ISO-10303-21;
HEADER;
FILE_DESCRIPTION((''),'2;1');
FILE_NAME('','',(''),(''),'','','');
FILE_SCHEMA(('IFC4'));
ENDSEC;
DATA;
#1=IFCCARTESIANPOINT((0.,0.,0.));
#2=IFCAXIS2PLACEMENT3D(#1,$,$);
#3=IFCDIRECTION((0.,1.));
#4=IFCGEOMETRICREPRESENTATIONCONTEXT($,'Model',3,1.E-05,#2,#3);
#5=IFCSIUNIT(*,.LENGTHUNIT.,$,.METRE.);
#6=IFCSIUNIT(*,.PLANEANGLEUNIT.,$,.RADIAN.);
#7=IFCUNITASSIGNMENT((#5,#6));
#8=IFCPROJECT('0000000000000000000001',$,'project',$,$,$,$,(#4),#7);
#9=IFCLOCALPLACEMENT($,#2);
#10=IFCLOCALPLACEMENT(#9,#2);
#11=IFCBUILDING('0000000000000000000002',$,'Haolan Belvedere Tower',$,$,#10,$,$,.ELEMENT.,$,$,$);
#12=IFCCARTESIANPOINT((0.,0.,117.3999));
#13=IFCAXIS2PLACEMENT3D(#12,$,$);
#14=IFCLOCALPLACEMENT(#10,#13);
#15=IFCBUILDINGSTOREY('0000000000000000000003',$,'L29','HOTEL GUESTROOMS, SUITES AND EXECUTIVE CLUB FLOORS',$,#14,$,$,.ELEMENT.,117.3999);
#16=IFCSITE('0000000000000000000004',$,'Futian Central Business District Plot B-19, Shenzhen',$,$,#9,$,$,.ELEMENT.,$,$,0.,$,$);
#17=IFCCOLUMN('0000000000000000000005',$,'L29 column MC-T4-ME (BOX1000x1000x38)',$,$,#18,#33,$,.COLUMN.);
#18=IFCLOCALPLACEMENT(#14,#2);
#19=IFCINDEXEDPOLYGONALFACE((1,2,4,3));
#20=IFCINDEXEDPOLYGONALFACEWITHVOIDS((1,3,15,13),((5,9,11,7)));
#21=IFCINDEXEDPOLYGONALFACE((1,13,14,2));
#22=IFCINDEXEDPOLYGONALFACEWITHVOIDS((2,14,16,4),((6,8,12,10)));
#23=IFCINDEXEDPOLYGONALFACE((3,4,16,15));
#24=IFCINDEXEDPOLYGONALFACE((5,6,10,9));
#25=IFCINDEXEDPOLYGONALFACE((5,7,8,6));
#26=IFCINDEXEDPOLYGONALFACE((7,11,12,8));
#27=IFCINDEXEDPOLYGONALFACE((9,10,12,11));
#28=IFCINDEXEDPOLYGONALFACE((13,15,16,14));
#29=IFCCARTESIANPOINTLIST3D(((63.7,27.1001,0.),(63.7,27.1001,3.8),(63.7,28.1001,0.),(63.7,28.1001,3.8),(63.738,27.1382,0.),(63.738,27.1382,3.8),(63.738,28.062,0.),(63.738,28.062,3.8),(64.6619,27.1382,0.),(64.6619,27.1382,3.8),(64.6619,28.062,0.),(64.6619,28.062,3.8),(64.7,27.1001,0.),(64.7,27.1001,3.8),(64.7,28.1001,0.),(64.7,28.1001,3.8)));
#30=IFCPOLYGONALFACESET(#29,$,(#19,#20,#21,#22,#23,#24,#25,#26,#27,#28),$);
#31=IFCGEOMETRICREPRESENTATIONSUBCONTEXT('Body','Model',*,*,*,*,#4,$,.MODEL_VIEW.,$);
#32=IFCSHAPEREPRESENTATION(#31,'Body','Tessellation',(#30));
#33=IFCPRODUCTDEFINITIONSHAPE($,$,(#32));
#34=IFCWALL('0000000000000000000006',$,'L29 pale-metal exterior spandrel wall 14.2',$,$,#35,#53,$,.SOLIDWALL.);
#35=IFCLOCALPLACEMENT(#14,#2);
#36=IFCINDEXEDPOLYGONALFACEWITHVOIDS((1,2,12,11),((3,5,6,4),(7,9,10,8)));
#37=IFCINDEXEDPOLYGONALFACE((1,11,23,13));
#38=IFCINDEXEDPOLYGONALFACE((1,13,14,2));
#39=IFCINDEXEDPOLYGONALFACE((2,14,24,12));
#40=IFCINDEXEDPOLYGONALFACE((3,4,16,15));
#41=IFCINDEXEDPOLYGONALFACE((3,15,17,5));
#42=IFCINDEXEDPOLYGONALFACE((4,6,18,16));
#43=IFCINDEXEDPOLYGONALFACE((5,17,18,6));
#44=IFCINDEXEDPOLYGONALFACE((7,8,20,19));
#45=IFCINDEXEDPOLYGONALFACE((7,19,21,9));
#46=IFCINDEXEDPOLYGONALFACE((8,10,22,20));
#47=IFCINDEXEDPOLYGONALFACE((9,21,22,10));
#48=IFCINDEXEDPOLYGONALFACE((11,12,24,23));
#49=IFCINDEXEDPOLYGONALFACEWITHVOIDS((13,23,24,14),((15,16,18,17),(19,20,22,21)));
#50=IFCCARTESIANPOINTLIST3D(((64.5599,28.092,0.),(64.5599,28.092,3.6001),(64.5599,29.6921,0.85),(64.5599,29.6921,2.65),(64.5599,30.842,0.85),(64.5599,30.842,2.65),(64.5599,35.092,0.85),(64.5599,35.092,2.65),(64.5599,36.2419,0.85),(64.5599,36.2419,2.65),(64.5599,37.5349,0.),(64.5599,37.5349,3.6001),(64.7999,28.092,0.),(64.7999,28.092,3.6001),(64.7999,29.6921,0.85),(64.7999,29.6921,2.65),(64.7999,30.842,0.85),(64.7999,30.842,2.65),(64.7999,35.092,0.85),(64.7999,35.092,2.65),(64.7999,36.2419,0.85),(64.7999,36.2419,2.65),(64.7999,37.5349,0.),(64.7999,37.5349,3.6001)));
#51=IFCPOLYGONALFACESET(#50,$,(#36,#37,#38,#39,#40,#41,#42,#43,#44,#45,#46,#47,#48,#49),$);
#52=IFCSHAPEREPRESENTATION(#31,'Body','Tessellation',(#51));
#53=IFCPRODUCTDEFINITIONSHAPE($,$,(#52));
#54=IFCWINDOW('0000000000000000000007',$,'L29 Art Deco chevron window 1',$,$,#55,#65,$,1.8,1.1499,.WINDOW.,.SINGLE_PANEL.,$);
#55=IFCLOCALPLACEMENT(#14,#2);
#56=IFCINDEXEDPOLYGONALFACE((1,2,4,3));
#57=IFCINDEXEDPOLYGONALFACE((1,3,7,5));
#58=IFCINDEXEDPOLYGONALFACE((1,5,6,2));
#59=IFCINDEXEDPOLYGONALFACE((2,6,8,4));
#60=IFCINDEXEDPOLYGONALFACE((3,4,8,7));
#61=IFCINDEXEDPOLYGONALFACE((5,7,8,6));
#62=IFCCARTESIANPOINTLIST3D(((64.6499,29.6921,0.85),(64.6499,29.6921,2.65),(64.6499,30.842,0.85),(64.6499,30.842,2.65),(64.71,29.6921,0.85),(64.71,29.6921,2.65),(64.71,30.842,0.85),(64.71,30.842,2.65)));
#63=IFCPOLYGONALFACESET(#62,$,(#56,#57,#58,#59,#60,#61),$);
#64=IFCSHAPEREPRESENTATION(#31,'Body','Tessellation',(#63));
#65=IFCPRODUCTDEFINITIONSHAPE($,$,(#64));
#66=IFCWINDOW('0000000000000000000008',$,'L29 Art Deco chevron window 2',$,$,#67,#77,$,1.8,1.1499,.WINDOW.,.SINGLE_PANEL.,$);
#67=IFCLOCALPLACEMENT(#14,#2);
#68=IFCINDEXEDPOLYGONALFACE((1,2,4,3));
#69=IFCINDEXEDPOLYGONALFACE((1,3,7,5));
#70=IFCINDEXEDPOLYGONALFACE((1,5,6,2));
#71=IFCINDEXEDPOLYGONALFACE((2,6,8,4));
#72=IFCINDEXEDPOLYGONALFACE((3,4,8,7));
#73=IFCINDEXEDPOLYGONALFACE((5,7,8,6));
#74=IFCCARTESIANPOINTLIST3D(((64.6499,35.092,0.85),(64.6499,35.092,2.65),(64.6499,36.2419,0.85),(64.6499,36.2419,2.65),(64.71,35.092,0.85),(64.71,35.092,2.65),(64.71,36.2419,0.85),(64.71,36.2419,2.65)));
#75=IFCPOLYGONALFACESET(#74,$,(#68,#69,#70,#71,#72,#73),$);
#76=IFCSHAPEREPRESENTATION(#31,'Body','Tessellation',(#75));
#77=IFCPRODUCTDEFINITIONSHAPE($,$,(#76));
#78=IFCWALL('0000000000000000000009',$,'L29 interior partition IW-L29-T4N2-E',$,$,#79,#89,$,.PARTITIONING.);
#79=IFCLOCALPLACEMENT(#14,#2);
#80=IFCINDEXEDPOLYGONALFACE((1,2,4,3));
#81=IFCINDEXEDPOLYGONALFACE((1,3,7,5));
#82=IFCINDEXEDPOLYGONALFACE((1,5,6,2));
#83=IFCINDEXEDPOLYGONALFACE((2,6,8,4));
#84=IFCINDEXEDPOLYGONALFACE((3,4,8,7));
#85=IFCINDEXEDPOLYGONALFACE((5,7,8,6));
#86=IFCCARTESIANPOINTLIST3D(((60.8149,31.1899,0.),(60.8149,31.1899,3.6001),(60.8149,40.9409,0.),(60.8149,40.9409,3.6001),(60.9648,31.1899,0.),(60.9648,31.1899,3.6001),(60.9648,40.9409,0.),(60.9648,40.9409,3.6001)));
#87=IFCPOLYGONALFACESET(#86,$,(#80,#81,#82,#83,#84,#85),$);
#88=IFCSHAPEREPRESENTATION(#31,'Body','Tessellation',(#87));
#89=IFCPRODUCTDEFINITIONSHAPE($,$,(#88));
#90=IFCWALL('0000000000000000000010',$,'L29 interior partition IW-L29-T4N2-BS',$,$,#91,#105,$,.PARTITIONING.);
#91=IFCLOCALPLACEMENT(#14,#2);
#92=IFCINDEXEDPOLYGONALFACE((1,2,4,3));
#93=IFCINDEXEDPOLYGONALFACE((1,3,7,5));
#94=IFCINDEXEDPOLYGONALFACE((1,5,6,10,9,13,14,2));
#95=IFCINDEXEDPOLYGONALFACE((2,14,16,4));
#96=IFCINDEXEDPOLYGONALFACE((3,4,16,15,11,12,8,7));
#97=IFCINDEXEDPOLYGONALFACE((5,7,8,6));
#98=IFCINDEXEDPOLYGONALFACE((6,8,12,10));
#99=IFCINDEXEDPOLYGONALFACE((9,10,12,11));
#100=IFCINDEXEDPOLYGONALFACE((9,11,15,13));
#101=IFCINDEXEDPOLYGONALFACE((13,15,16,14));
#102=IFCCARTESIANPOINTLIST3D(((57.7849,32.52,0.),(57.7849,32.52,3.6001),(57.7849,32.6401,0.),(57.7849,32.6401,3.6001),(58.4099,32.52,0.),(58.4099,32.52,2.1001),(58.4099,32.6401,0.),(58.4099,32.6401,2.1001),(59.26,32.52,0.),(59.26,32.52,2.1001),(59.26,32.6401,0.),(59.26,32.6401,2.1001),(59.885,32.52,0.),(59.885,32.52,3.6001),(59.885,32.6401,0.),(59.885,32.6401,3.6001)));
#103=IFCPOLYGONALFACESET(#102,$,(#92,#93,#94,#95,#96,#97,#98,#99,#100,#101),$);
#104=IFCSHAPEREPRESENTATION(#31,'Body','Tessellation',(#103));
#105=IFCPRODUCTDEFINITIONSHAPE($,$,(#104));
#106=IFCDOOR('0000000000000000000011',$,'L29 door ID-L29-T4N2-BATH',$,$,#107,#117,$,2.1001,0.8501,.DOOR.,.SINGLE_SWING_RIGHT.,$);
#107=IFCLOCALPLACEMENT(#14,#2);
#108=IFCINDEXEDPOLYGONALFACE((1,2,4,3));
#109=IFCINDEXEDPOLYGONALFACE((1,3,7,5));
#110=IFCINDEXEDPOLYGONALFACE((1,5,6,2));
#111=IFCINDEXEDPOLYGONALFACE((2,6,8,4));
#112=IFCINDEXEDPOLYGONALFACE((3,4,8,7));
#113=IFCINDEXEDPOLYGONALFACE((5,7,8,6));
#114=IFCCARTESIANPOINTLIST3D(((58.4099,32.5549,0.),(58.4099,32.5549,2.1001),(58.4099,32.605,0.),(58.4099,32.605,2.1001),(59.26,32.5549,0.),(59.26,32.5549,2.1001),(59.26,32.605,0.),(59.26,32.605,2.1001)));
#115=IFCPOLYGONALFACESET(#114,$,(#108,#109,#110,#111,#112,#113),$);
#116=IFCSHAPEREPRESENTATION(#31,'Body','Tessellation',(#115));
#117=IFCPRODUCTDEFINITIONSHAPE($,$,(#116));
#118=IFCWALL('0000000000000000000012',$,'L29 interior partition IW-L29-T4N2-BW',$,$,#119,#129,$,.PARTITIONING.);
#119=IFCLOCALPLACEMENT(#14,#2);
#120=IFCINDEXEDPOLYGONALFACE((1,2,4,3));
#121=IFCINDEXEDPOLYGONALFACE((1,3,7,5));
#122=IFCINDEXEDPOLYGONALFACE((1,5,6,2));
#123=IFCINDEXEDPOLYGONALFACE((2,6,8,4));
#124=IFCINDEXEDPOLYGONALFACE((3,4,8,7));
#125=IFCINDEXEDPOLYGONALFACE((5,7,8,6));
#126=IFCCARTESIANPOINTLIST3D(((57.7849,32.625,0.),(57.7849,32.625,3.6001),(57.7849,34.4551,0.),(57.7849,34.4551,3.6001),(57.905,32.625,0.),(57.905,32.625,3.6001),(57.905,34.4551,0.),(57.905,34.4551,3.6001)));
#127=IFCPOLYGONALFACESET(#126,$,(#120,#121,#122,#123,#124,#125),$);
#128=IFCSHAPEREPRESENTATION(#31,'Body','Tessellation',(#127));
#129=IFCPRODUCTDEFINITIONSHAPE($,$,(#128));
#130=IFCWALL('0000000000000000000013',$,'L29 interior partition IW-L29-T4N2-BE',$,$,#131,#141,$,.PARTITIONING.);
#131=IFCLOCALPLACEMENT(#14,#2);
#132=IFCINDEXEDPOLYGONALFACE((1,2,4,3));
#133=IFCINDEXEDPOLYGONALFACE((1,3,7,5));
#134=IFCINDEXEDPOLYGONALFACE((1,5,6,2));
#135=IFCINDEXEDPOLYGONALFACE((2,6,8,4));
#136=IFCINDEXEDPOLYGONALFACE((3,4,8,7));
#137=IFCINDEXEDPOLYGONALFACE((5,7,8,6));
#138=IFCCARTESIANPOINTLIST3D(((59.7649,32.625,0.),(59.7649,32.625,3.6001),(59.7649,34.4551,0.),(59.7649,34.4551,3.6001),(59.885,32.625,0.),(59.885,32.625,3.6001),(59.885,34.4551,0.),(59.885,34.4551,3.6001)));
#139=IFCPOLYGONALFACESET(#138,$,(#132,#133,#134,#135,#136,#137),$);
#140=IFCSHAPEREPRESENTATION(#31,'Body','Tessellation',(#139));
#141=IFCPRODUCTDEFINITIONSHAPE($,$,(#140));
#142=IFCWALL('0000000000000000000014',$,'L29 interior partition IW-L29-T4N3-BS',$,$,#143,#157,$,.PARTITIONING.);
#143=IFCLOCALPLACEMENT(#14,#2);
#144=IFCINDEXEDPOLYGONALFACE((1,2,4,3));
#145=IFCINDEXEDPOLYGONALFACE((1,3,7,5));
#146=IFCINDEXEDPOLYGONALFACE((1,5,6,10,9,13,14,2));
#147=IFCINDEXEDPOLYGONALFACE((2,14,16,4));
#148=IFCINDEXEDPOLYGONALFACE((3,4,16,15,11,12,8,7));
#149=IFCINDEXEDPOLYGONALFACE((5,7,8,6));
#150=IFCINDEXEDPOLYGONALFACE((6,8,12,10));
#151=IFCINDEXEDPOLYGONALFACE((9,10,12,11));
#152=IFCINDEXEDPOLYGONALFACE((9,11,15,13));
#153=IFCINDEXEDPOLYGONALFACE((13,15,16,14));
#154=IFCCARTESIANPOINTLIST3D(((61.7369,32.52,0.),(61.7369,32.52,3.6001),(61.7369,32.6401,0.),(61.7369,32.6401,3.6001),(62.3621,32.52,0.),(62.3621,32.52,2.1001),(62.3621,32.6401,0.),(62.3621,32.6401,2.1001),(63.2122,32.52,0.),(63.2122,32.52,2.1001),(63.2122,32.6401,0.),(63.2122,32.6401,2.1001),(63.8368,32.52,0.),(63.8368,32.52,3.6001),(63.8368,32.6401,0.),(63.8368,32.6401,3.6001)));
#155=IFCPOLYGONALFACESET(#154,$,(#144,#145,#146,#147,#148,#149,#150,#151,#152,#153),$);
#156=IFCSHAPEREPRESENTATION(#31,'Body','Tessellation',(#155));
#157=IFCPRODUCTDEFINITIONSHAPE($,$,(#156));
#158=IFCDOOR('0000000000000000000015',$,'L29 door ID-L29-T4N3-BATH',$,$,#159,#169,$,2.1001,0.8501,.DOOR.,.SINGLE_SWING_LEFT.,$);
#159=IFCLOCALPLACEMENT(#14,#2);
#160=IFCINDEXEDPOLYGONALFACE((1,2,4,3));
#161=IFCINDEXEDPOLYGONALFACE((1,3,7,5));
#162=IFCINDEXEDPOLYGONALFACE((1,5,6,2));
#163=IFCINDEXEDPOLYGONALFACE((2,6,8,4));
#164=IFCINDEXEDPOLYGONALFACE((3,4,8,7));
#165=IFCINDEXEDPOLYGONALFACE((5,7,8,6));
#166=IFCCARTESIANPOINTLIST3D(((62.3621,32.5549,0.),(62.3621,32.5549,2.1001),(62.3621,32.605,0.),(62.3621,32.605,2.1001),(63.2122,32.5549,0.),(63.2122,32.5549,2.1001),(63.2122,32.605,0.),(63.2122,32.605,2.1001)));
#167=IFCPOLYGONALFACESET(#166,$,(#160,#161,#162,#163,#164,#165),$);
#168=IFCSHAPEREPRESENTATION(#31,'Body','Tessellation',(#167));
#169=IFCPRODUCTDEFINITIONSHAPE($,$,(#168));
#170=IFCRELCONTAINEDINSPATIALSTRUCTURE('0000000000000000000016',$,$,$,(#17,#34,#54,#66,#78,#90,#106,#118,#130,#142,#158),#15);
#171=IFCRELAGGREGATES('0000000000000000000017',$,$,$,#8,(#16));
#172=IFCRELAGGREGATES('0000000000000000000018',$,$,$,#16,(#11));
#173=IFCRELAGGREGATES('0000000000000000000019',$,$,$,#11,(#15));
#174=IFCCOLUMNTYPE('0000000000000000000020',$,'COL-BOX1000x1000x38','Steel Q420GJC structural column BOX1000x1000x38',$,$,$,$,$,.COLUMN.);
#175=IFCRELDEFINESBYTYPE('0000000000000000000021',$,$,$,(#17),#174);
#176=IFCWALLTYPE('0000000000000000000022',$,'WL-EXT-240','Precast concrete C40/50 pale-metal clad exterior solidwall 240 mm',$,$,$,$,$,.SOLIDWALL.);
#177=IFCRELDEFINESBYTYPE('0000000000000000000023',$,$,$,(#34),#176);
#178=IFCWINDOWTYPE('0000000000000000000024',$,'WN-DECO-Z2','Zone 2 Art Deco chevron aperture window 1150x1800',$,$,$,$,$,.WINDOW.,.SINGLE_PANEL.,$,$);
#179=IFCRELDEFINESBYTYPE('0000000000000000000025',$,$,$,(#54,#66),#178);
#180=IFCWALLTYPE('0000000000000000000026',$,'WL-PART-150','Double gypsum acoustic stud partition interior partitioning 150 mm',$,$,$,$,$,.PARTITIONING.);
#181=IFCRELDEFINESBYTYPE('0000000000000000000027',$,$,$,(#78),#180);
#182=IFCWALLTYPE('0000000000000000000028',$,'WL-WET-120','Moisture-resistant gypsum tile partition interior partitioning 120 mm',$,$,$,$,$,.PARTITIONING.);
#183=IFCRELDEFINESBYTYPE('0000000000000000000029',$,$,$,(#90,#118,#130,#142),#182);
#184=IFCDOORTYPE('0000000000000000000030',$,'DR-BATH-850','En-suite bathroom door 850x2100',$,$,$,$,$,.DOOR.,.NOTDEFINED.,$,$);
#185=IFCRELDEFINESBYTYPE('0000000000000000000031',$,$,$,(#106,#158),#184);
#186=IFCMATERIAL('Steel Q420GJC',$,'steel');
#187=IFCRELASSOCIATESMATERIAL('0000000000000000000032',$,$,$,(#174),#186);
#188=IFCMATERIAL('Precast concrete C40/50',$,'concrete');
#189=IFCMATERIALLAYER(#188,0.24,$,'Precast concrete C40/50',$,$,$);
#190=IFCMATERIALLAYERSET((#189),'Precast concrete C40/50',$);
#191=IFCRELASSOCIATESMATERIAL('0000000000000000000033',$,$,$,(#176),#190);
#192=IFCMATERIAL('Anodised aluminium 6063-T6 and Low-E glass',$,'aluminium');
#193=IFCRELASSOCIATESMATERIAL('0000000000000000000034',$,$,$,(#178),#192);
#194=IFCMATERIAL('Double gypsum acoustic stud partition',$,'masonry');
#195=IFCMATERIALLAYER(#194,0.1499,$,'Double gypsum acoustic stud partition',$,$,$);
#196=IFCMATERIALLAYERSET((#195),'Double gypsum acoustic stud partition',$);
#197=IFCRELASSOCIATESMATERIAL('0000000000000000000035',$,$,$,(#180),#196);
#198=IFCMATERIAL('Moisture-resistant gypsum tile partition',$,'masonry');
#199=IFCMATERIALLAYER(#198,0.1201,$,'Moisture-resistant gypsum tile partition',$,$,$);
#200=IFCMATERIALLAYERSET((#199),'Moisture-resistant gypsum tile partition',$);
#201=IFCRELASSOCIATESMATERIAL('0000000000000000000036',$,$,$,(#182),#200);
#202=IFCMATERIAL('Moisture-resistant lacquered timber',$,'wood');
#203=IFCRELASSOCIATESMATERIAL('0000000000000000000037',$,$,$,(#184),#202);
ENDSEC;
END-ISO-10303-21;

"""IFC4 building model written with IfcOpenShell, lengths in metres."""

from ifc_helpers import new_model, si_unit, direction, frame, frame_2d, origin, origin_2d, place, context, subcontext, project, spatial, rectangle, hollow_rectangle, extrude, material, layer, layer_set, material_profile, profile_set, type_object, element, fill, save


model = new_model("IFC4")

# Units and contexts
model_context = context("Model", 3, precision=1e-05, world=origin(), true_north=direction((0.0, 1.0)))
body_context = subcontext(model_context, "Body", "Model", "MODEL_VIEW")
ifc_project = project(units=[si_unit("LENGTHUNIT", "METRE"), si_unit("PLANEANGLEUNIT", "RADIAN")], contexts=[model_context])

# Site, building, storey
site_placement = place(None, origin())
site = spatial("IfcSite", under=ifc_project, at=site_placement, Name="Futian Central Business District Plot B-19, Shenzhen", CompositionType="ELEMENT", RefElevation=0.0)
building_placement = place(site_placement, origin())
building = spatial("IfcBuilding", under=site, at=building_placement, Name="Haolan Belvedere Tower", CompositionType="ELEMENT")
storey_placement = place(building_placement, frame((0.0, 0.0, 117.3999)))
storey = spatial("IfcBuildingStorey", under=building, at=storey_placement, Name="L29", Description="HOTEL GUESTROOMS, SUITES AND EXECUTIVE CLUB FLOORS", CompositionType="ELEMENT", Elevation=117.3999)

# Column
ifc_material_1 = material(Name="Steel Q420GJC", Category="steel")
ifc_material_profile = material_profile(ifc_material_1, hollow_rectangle(XDim=1.0, YDim=1.0, WallThickness=0.0381, at=origin_2d()), Name="Steel Q420GJC")
ifc_profile_set = profile_set([ifc_material_profile], Name="Steel Q420GJC")
column_type = type_object("IfcColumnType", Name="COL-BOX1000x1000x38", Description="Steel Q420GJC structural column BOX1000x1000x38", PredefinedType="COLUMN", material=ifc_profile_set)
column_placement = place(storey_placement, frame((64.2, 27.6001, 0.0), z_axis=(0.0, 0.0, 1.0), x_axis=(1.0, 0.0, 0.0)))
element("IfcColumn", 1, at=column_placement, inside=storey, type_object=column_type, Name="L29 column MC-T4-ME (BOX1000x1000x38)", PredefinedType="COLUMN", context=body_context, shape_type="SweptSolid", body=[
    extrude(hollow_rectangle(XDim=1.0, YDim=1.0, WallThickness=0.0381, at=origin_2d()), origin(), (0.0, 0.0, 1.0), 3.8),
])

# Wall, openings, windows
ifc_material_2 = material(Name="Precast concrete C40/50", Category="concrete")
ifc_layer_1 = layer(ifc_material_2, 0.24, Name="Precast concrete C40/50")
ifc_layer_set_1 = layer_set([ifc_layer_1], Name="Precast concrete C40/50")
wall_type_1 = type_object("IfcWallType", Name="WL-EXT-240", Description="Precast concrete C40/50 pale-metal clad exterior solidwall 240 mm", PredefinedType="SOLIDWALL", material=ifc_layer_set_1)
wall_1_placement = place(storey_placement, frame((64.6799, 28.092, 0.0), z_axis=(0.0, 0.0, 1.0), x_axis=(0.0, 1.0, 0.0)))
wall_1 = element("IfcWall", 2, at=wall_1_placement, inside=storey, type_object=wall_type_1, Name="L29 pale-metal exterior spandrel wall 14.2", PredefinedType="SOLIDWALL", context=body_context, shape_type="SweptSolid", body=[
    extrude(rectangle(XDim=9.4429, YDim=0.24, at=frame_2d((4.7214, 0.0))), origin(), (0.0, 0.0, 1.0), 3.6001),
])
opening_1_placement = place(wall_1_placement, frame((1.6001, 0.0, 0.8501)))
opening_1 = element("IfcOpeningElement", 3, at=opening_1_placement, cuts=wall_1, PredefinedType="OPENING", context=body_context, shape_type="SweptSolid", body=[
    extrude(rectangle(XDim=1.1499, YDim=1.8, at=frame_2d((0.575, 0.8999))), frame((0.0, 0.1299, 0.0), z_axis=(0.0, -1.0, 0.0), x_axis=(1.0, 0.0, 0.0)), (0.0, 0.0, 1.0), 0.26),
])
opening_2_placement = place(wall_1_placement, frame((7.0, 0.0, 0.8501)))
opening_2 = element("IfcOpeningElement", 4, at=opening_2_placement, cuts=wall_1, PredefinedType="OPENING", context=body_context, shape_type="SweptSolid", body=[
    extrude(rectangle(XDim=1.1499, YDim=1.8, at=frame_2d((0.575, 0.8999))), frame((0.0, 0.1299, 0.0), z_axis=(0.0, -1.0, 0.0), x_axis=(1.0, 0.0, 0.0)), (0.0, 0.0, 1.0), 0.26),
])
ifc_material_3 = material(Name="Anodised aluminium 6063-T6 and Low-E glass", Category="aluminium")
window_type = type_object("IfcWindowType", Name="WN-DECO-Z2", Description="Zone 2 Art Deco chevron aperture window 1150x1800", PartitioningType="SINGLE_PANEL", PredefinedType="WINDOW", material=ifc_material_3)
window_1_placement = place(opening_1_placement, origin())
window_1 = element("IfcWindow", 5, at=window_1_placement, inside=storey, type_object=window_type, Name="L29 Art Deco chevron window 1", OverallHeight=1.8, OverallWidth=1.1499, PartitioningType="SINGLE_PANEL", PredefinedType="WINDOW", context=body_context, shape_type="SweptSolid", body=[
    extrude(rectangle(XDim=1.1499, YDim=1.8, at=frame_2d((0.575, 0.8999))), frame((0.0, 0.03, 0.0), z_axis=(0.0, -1.0, 0.0), x_axis=(1.0, 0.0, 0.0)), (0.0, 0.0, 1.0), 0.0601),
])
fill(opening_1, window_1)
window_2_placement = place(opening_2_placement, origin())
window_2 = element("IfcWindow", 6, at=window_2_placement, inside=storey, type_object=window_type, Name="L29 Art Deco chevron window 2", OverallHeight=1.8, OverallWidth=1.1499, PartitioningType="SINGLE_PANEL", PredefinedType="WINDOW", context=body_context, shape_type="SweptSolid", body=[
    extrude(rectangle(XDim=1.1499, YDim=1.8, at=frame_2d((0.575, 0.8999))), frame((0.0, 0.03, 0.0), z_axis=(0.0, -1.0, 0.0), x_axis=(1.0, 0.0, 0.0)), (0.0, 0.0, 1.0), 0.0601),
])
fill(opening_2, window_2)

# Wall
ifc_material_4 = material(Name="Double gypsum acoustic stud partition", Category="masonry")
ifc_layer_2 = layer(ifc_material_4, 0.1499, Name="Double gypsum acoustic stud partition")
ifc_layer_set_2 = layer_set([ifc_layer_2], Name="Double gypsum acoustic stud partition")
wall_type_2 = type_object("IfcWallType", Name="WL-PART-150", Description="Double gypsum acoustic stud partition interior partitioning 150 mm", PredefinedType="PARTITIONING", material=ifc_layer_set_2)
wall_2_placement = place(storey_placement, frame((60.8899, 31.1899, 0.0), z_axis=(0.0, 0.0, 1.0), x_axis=(0.0, 1.0, 0.0)))
element("IfcWall", 7, at=wall_2_placement, inside=storey, type_object=wall_type_2, Name="L29 interior partition IW-L29-T4N2-E", PredefinedType="PARTITIONING", context=body_context, shape_type="SweptSolid", body=[
    extrude(rectangle(XDim=9.751, YDim=0.1499, at=frame_2d((4.8755, 0.0))), origin(), (0.0, 0.0, 1.0), 3.6001),
])

# Wall, opening, door
ifc_material_5 = material(Name="Moisture-resistant gypsum tile partition", Category="masonry")
ifc_layer_3 = layer(ifc_material_5, 0.1201, Name="Moisture-resistant gypsum tile partition")
ifc_layer_set_3 = layer_set([ifc_layer_3], Name="Moisture-resistant gypsum tile partition")
wall_type_3 = type_object("IfcWallType", Name="WL-WET-120", Description="Moisture-resistant gypsum tile partition interior partitioning 120 mm", PredefinedType="PARTITIONING", material=ifc_layer_set_3)
wall_3_placement = place(storey_placement, frame((57.7849, 32.5801, 0.0), z_axis=(0.0, 0.0, 1.0), x_axis=(1.0, 0.0, 0.0)))
wall_3 = element("IfcWall", 8, at=wall_3_placement, inside=storey, type_object=wall_type_3, Name="L29 interior partition IW-L29-T4N2-BS", PredefinedType="PARTITIONING", context=body_context, shape_type="SweptSolid", body=[
    extrude(rectangle(XDim=2.1001, YDim=0.1201, at=frame_2d((1.05, 0.0))), origin(), (0.0, 0.0, 1.0), 3.6001),
])
opening_3_placement = place(wall_3_placement, frame((0.625, 0.0, 0.0)))
opening_3 = element("IfcOpeningElement", 9, at=opening_3_placement, cuts=wall_3, PredefinedType="OPENING", context=body_context, shape_type="SweptSolid", body=[
    extrude(rectangle(XDim=0.8501, YDim=2.1001, at=frame_2d((0.425, 1.05))), frame((0.0, 0.0701, 0.0), z_axis=(0.0, -1.0, 0.0), x_axis=(1.0, 0.0, 0.0)), (0.0, 0.0, 1.0), 0.1401),
])
ifc_material_6 = material(Name="Moisture-resistant lacquered timber", Category="wood")
door_type_1 = type_object("IfcDoorType", Name="DR-BATH-850", Description="En-suite bathroom door 850x2100", OperationType="NOTDEFINED", PredefinedType="DOOR", material=ifc_material_6)
door_1_placement = place(opening_3_placement, origin())
door_1 = element("IfcDoor", 10, at=door_1_placement, inside=storey, type_object=door_type_1, Name="L29 door ID-L29-T4N2-BATH", OperationType="SINGLE_SWING_RIGHT", OverallHeight=2.1001, OverallWidth=0.8501, PredefinedType="DOOR", context=body_context, shape_type="SweptSolid", body=[
    extrude(rectangle(XDim=0.8501, YDim=2.1001, at=frame_2d((0.425, 1.05))), frame((0.0, 0.0249, 0.0), z_axis=(0.0, -1.0, 0.0), x_axis=(1.0, 0.0, 0.0)), (0.0, 0.0, 1.0), 0.05),
])
fill(opening_3, door_1)

# Walls
for number, where, z_axis, x_axis, name in (
    (11, (57.845, 32.625, 0.0), (0.0, 0.0, 1.0), (0.0, 1.0, 0.0), "L29 interior partition IW-L29-T4N2-BW"),
    (12, (59.825, 32.625, 0.0), (0.0, 0.0, 1.0), (0.0, 1.0, 0.0), "L29 interior partition IW-L29-T4N2-BE"),
):
    element("IfcWall", number, at=place(storey_placement, frame(where, z_axis=z_axis, x_axis=x_axis)), inside=storey, type_object=wall_type_3, Name=name, PredefinedType="PARTITIONING", context=body_context, shape_type="SweptSolid", body=[
        extrude(rectangle(XDim=1.8301, YDim=0.1201, at=frame_2d((0.915, 0.0))), origin(), (0.0, 0.0, 1.0), 3.6001),
    ])

# Wall, opening, door
wall_4_placement = place(storey_placement, frame((61.7371, 32.5801, 0.0), z_axis=(0.0, 0.0, 1.0), x_axis=(1.0, 0.0, 0.0)))
wall_4 = element("IfcWall", 13, at=wall_4_placement, inside=storey, type_object=wall_type_3, Name="L29 interior partition IW-L29-T4N3-BS", PredefinedType="PARTITIONING", context=body_context, shape_type="SweptSolid", body=[
    extrude(rectangle(XDim=2.0999, YDim=0.1201, at=frame_2d((1.0498, 0.0))), origin(), (0.0, 0.0, 1.0), 3.6001),
])
opening_4_placement = place(wall_4_placement, frame((0.625, 0.0, 0.0)))
opening_4 = element("IfcOpeningElement", 14, at=opening_4_placement, cuts=wall_4, PredefinedType="OPENING", context=body_context, shape_type="SweptSolid", body=[
    extrude(rectangle(XDim=0.8501, YDim=2.1001, at=frame_2d((0.425, 1.05))), frame((0.0, 0.0701, 0.0), z_axis=(0.0, -1.0, 0.0), x_axis=(1.0, 0.0, 0.0)), (0.0, 0.0, 1.0), 0.1401),
])
door_2_placement = place(opening_4_placement, origin())
door_2 = element("IfcDoor", 15, at=door_2_placement, inside=storey, type_object=door_type_1, Name="L29 door ID-L29-T4N3-BATH", OperationType="SINGLE_SWING_LEFT", OverallHeight=2.1001, OverallWidth=0.8501, PredefinedType="DOOR", context=body_context, shape_type="SweptSolid", body=[
    extrude(rectangle(XDim=0.8501, YDim=2.1001, at=frame_2d((0.425, 1.05))), frame((0.0, 0.0249, 0.0), z_axis=(0.0, -1.0, 0.0), x_axis=(1.0, 0.0, 0.0)), (0.0, 0.0, 1.0), 0.05),
])
fill(opening_4, door_2)

save(model, "model.ifc")
